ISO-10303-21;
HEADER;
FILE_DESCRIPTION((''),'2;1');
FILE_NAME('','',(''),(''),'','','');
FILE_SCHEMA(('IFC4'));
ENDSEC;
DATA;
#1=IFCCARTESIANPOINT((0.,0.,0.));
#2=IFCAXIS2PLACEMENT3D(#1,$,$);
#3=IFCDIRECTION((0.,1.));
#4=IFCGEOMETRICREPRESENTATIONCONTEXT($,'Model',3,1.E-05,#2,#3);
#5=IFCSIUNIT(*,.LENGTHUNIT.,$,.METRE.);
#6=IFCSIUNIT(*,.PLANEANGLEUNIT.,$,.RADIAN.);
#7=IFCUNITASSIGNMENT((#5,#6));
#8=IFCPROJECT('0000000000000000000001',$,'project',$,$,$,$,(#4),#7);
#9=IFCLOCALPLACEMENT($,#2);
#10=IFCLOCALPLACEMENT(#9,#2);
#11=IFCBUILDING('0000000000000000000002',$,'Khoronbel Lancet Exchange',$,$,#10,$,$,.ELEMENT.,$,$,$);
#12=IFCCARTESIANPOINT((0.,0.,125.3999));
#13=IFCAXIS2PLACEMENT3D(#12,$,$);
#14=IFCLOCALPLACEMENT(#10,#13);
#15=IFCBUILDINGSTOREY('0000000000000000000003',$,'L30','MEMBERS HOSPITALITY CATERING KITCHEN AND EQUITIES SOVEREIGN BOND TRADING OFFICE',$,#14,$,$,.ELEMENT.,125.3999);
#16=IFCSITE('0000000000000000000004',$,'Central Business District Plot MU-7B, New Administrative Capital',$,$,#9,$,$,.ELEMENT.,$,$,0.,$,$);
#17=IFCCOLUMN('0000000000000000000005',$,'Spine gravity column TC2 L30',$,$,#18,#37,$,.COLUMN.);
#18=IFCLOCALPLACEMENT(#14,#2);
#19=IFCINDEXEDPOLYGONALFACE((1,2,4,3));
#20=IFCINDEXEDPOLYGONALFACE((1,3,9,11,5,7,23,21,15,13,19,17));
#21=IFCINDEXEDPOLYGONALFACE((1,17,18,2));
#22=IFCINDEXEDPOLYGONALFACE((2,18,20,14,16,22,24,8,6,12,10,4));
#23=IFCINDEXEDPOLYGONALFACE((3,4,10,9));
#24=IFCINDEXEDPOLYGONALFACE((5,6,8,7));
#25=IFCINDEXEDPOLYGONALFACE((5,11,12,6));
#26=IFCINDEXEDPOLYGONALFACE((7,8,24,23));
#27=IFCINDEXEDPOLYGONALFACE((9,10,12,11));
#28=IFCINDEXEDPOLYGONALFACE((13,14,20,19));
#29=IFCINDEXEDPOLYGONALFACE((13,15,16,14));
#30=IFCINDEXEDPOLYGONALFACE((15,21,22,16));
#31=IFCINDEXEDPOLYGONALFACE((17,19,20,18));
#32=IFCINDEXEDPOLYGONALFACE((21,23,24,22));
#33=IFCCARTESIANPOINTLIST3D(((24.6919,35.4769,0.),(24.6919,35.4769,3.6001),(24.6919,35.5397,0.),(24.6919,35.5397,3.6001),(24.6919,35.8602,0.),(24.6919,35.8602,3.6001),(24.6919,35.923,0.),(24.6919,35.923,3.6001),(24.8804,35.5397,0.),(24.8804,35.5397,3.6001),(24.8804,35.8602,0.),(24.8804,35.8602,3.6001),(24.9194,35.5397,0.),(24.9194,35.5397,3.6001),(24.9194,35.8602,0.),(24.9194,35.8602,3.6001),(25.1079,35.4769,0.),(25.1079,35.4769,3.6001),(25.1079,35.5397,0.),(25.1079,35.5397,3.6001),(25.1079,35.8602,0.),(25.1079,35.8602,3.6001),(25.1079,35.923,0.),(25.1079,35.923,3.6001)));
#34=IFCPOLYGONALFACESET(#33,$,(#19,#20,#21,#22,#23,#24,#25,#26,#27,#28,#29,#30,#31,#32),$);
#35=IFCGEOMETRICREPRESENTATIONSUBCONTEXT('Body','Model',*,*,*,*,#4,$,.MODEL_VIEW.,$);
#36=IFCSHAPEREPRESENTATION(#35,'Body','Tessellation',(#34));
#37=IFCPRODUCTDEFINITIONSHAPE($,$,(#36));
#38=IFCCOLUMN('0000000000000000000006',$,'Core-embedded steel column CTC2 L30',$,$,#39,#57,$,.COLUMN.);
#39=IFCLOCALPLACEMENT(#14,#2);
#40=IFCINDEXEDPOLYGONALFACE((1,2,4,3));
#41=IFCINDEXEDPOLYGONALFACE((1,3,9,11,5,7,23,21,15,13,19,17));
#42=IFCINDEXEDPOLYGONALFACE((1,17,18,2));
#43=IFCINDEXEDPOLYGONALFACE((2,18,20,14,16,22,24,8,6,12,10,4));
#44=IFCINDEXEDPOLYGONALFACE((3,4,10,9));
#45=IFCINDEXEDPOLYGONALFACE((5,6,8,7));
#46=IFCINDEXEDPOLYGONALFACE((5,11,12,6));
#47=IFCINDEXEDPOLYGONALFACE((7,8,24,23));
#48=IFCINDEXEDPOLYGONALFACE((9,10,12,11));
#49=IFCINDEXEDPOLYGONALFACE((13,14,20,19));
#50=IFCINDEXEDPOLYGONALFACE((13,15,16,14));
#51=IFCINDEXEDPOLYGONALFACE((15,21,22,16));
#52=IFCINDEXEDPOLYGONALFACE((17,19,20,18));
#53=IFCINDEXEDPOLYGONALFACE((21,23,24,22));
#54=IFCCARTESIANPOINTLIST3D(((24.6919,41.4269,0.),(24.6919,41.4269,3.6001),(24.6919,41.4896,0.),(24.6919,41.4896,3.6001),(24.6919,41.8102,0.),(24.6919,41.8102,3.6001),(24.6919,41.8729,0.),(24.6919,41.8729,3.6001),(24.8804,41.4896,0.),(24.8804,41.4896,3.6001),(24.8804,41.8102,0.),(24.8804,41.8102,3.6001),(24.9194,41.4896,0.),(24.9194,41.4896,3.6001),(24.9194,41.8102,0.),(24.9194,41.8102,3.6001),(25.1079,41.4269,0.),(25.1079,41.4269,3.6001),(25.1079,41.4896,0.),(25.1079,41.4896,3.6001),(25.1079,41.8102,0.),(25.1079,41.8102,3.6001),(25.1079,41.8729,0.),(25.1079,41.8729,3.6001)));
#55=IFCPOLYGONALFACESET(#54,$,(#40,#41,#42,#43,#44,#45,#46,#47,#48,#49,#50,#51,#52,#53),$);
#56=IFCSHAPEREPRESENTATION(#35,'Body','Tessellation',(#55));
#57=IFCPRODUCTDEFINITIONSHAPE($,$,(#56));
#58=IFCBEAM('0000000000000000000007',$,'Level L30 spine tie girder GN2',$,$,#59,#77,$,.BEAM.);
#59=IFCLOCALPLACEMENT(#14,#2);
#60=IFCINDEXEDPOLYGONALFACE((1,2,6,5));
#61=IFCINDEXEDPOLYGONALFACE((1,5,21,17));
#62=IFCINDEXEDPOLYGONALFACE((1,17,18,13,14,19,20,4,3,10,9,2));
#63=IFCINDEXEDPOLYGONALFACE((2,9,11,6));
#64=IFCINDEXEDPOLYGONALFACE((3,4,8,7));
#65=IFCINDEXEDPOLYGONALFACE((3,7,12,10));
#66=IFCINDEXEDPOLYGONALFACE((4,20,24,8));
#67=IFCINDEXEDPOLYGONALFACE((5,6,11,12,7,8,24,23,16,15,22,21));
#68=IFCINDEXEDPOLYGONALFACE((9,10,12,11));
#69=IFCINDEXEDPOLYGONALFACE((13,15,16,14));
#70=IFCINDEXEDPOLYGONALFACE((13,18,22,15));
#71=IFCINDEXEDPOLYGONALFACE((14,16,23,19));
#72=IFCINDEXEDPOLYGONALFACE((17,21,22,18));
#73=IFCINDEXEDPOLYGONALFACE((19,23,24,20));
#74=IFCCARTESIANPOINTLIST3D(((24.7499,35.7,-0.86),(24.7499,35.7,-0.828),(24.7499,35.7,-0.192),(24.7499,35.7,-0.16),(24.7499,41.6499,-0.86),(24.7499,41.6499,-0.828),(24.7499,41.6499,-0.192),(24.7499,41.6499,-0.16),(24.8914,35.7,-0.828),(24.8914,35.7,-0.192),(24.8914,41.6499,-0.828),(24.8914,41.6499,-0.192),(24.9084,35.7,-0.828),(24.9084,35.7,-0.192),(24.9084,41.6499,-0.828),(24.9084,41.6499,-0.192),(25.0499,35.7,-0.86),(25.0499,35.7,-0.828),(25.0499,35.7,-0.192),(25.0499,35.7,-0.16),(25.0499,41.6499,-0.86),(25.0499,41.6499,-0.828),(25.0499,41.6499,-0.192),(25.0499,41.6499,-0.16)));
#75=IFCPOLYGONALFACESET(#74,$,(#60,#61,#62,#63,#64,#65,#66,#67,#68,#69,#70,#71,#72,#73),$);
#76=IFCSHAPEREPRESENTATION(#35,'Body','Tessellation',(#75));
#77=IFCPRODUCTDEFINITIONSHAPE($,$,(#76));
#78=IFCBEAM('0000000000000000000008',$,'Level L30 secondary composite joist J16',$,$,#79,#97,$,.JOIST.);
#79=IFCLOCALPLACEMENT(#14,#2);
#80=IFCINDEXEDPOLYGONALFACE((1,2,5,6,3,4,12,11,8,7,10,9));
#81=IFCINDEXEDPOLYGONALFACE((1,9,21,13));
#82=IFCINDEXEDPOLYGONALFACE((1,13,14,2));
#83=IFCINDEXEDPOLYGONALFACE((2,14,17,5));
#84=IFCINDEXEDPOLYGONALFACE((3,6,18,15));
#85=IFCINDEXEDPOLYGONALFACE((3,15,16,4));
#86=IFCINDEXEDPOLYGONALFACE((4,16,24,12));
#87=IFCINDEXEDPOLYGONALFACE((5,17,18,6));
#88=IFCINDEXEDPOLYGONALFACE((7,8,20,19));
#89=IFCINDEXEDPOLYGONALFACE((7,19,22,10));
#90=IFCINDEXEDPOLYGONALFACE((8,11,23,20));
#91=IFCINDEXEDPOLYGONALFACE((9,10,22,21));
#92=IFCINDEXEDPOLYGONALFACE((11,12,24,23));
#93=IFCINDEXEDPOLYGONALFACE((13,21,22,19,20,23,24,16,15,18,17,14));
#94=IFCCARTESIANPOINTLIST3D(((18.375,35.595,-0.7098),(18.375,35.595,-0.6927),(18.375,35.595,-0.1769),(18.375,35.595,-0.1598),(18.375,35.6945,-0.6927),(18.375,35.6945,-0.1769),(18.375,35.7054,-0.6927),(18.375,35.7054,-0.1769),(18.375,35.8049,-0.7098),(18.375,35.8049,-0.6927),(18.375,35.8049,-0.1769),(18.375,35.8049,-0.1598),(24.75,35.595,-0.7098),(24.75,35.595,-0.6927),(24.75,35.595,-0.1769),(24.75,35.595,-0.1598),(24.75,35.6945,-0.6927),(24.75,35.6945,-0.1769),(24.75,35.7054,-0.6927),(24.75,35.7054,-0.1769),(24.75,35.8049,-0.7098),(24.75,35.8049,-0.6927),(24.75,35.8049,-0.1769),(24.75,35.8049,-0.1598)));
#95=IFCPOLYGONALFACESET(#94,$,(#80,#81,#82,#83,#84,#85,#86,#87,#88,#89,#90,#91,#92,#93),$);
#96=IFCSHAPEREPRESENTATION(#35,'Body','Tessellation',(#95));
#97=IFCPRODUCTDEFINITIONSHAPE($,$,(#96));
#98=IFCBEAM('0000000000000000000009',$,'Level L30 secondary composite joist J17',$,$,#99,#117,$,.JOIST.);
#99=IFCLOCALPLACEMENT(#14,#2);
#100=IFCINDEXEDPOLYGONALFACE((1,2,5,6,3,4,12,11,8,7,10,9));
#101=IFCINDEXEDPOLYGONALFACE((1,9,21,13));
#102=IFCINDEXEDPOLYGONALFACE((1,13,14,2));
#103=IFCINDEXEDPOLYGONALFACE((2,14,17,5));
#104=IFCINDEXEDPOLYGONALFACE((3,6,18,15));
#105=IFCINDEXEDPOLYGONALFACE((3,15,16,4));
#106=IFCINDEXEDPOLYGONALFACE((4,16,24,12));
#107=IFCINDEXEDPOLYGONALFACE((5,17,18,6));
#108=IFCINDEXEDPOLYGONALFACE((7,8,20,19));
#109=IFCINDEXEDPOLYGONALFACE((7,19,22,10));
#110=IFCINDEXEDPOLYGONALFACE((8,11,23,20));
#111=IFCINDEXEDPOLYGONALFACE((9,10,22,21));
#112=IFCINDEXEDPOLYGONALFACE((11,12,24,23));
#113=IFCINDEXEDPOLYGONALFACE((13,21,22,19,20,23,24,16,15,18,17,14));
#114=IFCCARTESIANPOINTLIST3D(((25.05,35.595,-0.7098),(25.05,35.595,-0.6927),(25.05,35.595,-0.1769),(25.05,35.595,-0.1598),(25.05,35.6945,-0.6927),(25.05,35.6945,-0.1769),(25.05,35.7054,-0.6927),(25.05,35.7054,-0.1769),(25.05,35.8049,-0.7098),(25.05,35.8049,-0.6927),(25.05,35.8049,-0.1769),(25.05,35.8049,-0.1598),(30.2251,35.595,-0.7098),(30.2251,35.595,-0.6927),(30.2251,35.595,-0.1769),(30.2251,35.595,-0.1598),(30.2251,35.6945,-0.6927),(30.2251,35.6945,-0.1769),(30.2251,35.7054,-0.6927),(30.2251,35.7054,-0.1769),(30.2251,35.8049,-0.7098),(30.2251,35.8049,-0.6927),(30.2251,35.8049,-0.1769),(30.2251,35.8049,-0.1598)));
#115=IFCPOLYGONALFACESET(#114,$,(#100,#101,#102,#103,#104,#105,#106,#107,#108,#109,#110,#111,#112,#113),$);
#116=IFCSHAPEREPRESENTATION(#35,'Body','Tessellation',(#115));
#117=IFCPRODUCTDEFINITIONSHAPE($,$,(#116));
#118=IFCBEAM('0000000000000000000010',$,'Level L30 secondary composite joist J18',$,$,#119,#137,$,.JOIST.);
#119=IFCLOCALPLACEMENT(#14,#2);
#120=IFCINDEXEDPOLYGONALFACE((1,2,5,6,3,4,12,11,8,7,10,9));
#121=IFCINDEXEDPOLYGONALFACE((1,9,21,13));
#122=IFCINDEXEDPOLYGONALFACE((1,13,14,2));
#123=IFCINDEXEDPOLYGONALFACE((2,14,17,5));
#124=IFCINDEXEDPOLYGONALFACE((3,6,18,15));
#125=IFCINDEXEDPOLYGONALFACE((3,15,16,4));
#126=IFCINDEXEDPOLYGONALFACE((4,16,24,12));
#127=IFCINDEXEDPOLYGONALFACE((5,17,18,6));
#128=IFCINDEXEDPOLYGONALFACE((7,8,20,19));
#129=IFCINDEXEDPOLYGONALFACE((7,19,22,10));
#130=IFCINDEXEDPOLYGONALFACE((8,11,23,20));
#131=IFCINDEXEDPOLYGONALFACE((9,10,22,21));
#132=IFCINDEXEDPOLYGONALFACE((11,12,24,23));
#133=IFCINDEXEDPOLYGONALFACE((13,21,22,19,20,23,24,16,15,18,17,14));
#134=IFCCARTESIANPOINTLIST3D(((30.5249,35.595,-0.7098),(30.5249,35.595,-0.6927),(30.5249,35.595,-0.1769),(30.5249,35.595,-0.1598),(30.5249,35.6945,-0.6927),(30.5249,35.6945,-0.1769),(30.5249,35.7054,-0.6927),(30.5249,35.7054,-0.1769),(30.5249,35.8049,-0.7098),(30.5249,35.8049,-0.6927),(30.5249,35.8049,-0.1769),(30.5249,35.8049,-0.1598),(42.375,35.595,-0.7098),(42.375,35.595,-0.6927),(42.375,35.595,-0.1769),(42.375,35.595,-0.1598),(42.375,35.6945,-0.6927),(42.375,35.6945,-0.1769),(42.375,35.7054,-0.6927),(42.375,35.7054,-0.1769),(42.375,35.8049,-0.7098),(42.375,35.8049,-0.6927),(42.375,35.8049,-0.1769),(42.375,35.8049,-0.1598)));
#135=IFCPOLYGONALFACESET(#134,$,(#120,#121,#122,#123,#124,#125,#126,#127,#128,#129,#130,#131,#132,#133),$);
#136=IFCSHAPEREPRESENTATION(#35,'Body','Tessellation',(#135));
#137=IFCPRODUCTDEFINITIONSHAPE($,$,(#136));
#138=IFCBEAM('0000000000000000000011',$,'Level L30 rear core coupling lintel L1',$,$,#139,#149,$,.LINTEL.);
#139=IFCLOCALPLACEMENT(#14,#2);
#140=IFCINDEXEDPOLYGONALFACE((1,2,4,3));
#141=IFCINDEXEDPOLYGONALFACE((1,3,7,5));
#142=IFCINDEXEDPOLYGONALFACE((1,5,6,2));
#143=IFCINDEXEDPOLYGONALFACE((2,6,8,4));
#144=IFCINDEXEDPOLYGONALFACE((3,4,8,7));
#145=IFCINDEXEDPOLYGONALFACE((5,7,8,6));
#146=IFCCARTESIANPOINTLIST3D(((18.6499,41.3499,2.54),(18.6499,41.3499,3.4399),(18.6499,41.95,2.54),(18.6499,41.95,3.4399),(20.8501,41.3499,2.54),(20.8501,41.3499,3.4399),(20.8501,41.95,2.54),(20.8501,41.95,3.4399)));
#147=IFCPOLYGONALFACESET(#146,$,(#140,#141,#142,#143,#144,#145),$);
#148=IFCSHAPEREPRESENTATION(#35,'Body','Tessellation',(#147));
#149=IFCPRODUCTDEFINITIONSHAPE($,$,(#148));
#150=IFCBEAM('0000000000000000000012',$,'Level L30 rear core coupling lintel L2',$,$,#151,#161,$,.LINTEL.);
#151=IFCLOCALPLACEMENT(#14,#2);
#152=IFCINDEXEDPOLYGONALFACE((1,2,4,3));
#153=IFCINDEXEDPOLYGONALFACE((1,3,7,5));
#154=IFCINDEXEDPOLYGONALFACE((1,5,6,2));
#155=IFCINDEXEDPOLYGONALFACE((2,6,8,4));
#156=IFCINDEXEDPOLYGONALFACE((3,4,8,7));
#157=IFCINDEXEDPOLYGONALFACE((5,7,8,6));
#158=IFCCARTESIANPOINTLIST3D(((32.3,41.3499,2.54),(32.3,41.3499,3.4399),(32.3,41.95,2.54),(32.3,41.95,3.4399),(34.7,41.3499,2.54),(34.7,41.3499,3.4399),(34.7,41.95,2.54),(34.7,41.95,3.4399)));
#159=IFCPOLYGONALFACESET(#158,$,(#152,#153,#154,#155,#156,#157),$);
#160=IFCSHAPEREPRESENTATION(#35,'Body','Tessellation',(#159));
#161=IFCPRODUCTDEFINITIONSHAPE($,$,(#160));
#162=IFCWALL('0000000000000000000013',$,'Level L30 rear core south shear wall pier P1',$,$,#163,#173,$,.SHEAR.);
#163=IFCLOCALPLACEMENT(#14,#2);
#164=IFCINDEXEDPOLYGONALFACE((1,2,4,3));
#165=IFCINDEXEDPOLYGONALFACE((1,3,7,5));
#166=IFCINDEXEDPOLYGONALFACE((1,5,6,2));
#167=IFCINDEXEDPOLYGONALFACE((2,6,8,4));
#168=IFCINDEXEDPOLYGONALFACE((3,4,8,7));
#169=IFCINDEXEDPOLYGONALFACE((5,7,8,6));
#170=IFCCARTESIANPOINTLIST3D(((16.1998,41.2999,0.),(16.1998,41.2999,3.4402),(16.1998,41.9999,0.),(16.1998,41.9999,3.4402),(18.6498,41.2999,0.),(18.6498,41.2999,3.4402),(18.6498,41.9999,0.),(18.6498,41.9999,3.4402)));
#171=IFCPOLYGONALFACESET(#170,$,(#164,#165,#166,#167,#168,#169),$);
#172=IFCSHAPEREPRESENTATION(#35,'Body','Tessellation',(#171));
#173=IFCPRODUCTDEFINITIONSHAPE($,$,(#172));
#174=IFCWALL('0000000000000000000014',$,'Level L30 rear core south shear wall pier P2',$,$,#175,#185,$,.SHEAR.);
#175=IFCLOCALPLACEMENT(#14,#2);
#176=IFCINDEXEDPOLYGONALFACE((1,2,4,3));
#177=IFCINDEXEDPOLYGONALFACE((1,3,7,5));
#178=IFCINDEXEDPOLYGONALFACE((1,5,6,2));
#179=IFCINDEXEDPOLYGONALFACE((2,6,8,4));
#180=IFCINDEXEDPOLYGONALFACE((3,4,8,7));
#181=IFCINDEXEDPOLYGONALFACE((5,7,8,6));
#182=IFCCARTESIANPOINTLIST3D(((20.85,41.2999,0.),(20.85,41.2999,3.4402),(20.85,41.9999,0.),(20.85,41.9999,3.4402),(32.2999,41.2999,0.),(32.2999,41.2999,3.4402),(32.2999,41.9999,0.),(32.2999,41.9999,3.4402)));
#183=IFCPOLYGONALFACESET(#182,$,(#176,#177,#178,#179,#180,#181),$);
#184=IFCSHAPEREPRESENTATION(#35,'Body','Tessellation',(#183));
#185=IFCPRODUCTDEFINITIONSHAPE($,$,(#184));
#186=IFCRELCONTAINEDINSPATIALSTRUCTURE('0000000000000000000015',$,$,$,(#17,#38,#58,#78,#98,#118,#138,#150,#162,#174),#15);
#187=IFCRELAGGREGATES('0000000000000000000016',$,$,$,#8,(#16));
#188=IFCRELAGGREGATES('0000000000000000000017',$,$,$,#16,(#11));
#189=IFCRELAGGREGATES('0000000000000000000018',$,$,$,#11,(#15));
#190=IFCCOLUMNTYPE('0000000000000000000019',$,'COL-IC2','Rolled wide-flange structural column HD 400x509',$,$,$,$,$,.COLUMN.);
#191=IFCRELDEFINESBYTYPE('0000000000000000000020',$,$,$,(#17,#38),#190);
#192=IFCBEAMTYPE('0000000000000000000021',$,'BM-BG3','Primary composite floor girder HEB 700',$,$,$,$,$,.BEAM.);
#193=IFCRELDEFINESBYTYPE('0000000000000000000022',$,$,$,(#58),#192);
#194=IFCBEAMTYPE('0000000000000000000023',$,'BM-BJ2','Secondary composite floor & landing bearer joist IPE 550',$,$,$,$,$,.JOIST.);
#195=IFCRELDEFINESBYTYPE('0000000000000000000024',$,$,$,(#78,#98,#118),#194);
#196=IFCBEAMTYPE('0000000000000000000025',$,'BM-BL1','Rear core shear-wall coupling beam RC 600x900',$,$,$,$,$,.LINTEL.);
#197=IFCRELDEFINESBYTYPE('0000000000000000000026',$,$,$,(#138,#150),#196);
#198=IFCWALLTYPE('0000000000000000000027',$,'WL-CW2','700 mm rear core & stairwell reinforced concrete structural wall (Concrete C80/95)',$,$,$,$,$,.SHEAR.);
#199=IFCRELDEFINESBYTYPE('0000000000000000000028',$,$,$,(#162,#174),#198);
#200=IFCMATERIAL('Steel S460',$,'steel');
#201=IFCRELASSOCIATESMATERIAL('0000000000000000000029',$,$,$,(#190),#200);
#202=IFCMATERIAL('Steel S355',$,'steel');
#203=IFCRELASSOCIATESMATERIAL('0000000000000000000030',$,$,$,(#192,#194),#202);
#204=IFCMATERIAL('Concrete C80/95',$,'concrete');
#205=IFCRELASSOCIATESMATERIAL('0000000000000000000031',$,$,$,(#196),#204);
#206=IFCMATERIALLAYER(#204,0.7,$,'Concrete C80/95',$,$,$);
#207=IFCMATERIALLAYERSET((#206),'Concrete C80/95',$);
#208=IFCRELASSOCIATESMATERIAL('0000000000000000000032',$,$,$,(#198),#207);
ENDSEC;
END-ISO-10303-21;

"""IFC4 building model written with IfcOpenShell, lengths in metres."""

from ifc_helpers import new_model, si_unit, direction, frame, frame_2d, origin, origin_2d, place, context, subcontext, project, spatial, rectangle, i_section, extrude, material, layer, layer_set, material_profile, profile_set, type_object, element, save


model = new_model("IFC4")

# Units and contexts
model_context = context("Model", 3, precision=1e-05, world=origin(), true_north=direction((0.0, 1.0)))
body_context = subcontext(model_context, "Body", "Model", "MODEL_VIEW")
ifc_project = project(units=[si_unit("LENGTHUNIT", "METRE"), si_unit("PLANEANGLEUNIT", "RADIAN")], contexts=[model_context])

# Site, building, storey
site_placement = place(None, origin())
site = spatial("IfcSite", under=ifc_project, at=site_placement, Name="Central Business District Plot MU-7B, New Administrative Capital", CompositionType="ELEMENT", RefElevation=0.0)
building_placement = place(site_placement, origin())
building = spatial("IfcBuilding", under=site, at=building_placement, Name="Khoronbel Lancet Exchange", CompositionType="ELEMENT")
storey_placement = place(building_placement, frame((0.0, 0.0, 125.3999)))
storey = spatial("IfcBuildingStorey", under=building, at=storey_placement, Name="L30", Description="MEMBERS HOSPITALITY CATERING KITCHEN AND EQUITIES SOVEREIGN BOND TRADING OFFICE", CompositionType="ELEMENT", Elevation=125.3999)

# Columns
ifc_material_1 = material(Name="Steel S460", Category="steel")
ifc_material_profile_1 = material_profile(ifc_material_1, i_section(OverallWidth=0.416, OverallDepth=0.446, WebThickness=0.0391, FlangeThickness=0.0627, at=origin_2d()), Name="HD 400x509")
ifc_profile_set_1 = profile_set([ifc_material_profile_1], Name="Steel S460")
column_type = type_object("IfcColumnType", Name="COL-IC2", Description="Rolled wide-flange structural column HD 400x509", PredefinedType="COLUMN", material=ifc_profile_set_1)
for number, where, z_axis, x_axis, name in (
    (1, (24.8999, 35.7, 0.0), (0.0, 0.0, 1.0), (1.0, 0.0, 0.0), "Spine gravity column TC2 L30"),
    (2, (24.8999, 41.6499, 0.0), (0.0, 0.0, 1.0), (1.0, 0.0, 0.0), "Core-embedded steel column CTC2 L30"),
):
    element("IfcColumn", number, at=place(storey_placement, frame(where, z_axis=z_axis, x_axis=x_axis)), inside=storey, type_object=column_type, Name=name, PredefinedType="COLUMN", context=body_context, shape_type="SweptSolid", body=[
        extrude(i_section(OverallWidth=0.416, OverallDepth=0.446, WebThickness=0.0391, FlangeThickness=0.0627, at=origin_2d()), origin(), (0.0, 0.0, 1.0), 3.6001),
    ])

# Beams
ifc_material_2 = material(Name="Steel S355", Category="steel")
ifc_material_profile_2 = material_profile(ifc_material_2, i_section(OverallWidth=0.3, OverallDepth=0.7, WebThickness=0.0171, FlangeThickness=0.032, at=origin_2d()), Name="HEB 700")
ifc_profile_set_2 = profile_set([ifc_material_profile_2], Name="Steel S355")
beam_type_1 = type_object("IfcBeamType", Name="BM-BG3", Description="Primary composite floor girder HEB 700", PredefinedType="BEAM", material=ifc_profile_set_2)
beam_1_placement = place(storey_placement, frame((24.8999, 35.7, -0.51), z_axis=(0.0, 1.0, 0.0), x_axis=(-1.0, 0.0, 0.0)))
element("IfcBeam", 3, at=beam_1_placement, inside=storey, type_object=beam_type_1, Name="Level L30 spine tie girder GN2", PredefinedType="BEAM", context=body_context, shape_type="SweptSolid", body=[
    extrude(i_section(OverallWidth=0.3, OverallDepth=0.7, WebThickness=0.0171, FlangeThickness=0.032, at=origin_2d()), origin(), (0.0, 0.0, 1.0), 5.95),
])
ifc_material_profile_3 = material_profile(ifc_material_2, i_section(OverallWidth=0.21, OverallDepth=0.55, WebThickness=0.011, FlangeThickness=0.0171, at=origin_2d()), Name="IPE 550")
ifc_profile_set_3 = profile_set([ifc_material_profile_3], Name="Steel S355")
beam_type_2 = type_object("IfcBeamType", Name="BM-BJ2", Description="Secondary composite floor & landing bearer joist IPE 550", PredefinedType="JOIST", material=ifc_profile_set_3)
beam_2_placement = place(storey_placement, frame((18.375, 35.7, -0.4348), z_axis=(1.0, 0.0, 0.0), x_axis=(0.0, 1.0, 0.0)))
element("IfcBeam", 4, at=beam_2_placement, inside=storey, type_object=beam_type_2, Name="Level L30 secondary composite joist J16", PredefinedType="JOIST", context=body_context, shape_type="SweptSolid", body=[
    extrude(i_section(OverallWidth=0.21, OverallDepth=0.55, WebThickness=0.011, FlangeThickness=0.0171, at=origin_2d()), origin(), (0.0, 0.0, 1.0), 6.375),
])
beam_3_placement = place(storey_placement, frame((25.05, 35.7, -0.4348), z_axis=(1.0, 0.0, 0.0), x_axis=(0.0, 1.0, 0.0)))
element("IfcBeam", 5, at=beam_3_placement, inside=storey, type_object=beam_type_2, Name="Level L30 secondary composite joist J17", PredefinedType="JOIST", context=body_context, shape_type="SweptSolid", body=[
    extrude(i_section(OverallWidth=0.21, OverallDepth=0.55, WebThickness=0.011, FlangeThickness=0.0171, at=origin_2d()), origin(), (0.0, 0.0, 1.0), 5.175),
])
beam_4_placement = place(storey_placement, frame((30.5249, 35.7, -0.4348), z_axis=(1.0, 0.0, 0.0), x_axis=(0.0, 1.0, 0.0)))
element("IfcBeam", 6, at=beam_4_placement, inside=storey, type_object=beam_type_2, Name="Level L30 secondary composite joist J18", PredefinedType="JOIST", context=body_context, shape_type="SweptSolid", body=[
    extrude(i_section(OverallWidth=0.21, OverallDepth=0.55, WebThickness=0.011, FlangeThickness=0.0171, at=origin_2d()), origin(), (0.0, 0.0, 1.0), 11.8501),
])
ifc_material_3 = material(Name="Concrete C80/95", Category="concrete")
ifc_material_profile_4 = material_profile(ifc_material_3, rectangle(XDim=0.6001, YDim=0.8999, at=origin_2d()), Name="RC 600x900")
ifc_profile_set_4 = profile_set([ifc_material_profile_4], Name="Concrete C80/95")
beam_type_3 = type_object("IfcBeamType", Name="BM-BL1", Description="Rear core shear-wall coupling beam RC 600x900", PredefinedType="LINTEL", material=ifc_profile_set_4)
beam_5_placement = place(storey_placement, frame((18.6499, 41.6499, 2.99), z_axis=(1.0, 0.0, 0.0), x_axis=(0.0, 1.0, 0.0)))
element("IfcBeam", 7, at=beam_5_placement, inside=storey, type_object=beam_type_3, Name="Level L30 rear core coupling lintel L1", PredefinedType="LINTEL", context=body_context, shape_type="SweptSolid", body=[
    extrude(rectangle(XDim=0.6001, YDim=0.8999, at=origin_2d()), origin(), (0.0, 0.0, 1.0), 2.2002),
])
beam_6_placement = place(storey_placement, frame((32.3, 41.6499, 2.99), z_axis=(1.0, 0.0, 0.0), x_axis=(0.0, 1.0, 0.0)))
element("IfcBeam", 8, at=beam_6_placement, inside=storey, type_object=beam_type_3, Name="Level L30 rear core coupling lintel L2", PredefinedType="LINTEL", context=body_context, shape_type="SweptSolid", body=[
    extrude(rectangle(XDim=0.6001, YDim=0.8999, at=origin_2d()), origin(), (0.0, 0.0, 1.0), 2.3999),
])

# Walls
ifc_layer_1 = layer(ifc_material_3, 0.7, Name="Concrete C80/95")
ifc_layer_set_1 = layer_set([ifc_layer_1], Name="Concrete C80/95")
wall_type_1 = type_object("IfcWallType", Name="WL-CW2", Description="700 mm rear core & stairwell reinforced concrete structural wall (Concrete C80/95)", PredefinedType="SHEAR", material=ifc_layer_set_1)
wall_1_placement = place(storey_placement, frame((18.6499, 41.6499, 0.0), z_axis=(0.0, 0.0, 1.0), x_axis=(-1.0, 0.0, 0.0)))
element("IfcWall", 9, at=wall_1_placement, inside=storey, type_object=wall_type_1, Name="Level L30 rear core south shear wall pier P1", PredefinedType="SHEAR", context=body_context, shape_type="SweptSolid", body=[
    extrude(rectangle(XDim=2.45, YDim=0.7, at=frame_2d((1.2251, 0.0))), origin(), (0.0, 0.0, 1.0), 3.4402),
])
wall_2_placement = place(storey_placement, frame((32.3, 41.6499, 0.0), z_axis=(0.0, 0.0, 1.0), x_axis=(-1.0, 0.0, 0.0)))
element("IfcWall", 10, at=wall_2_placement, inside=storey, type_object=wall_type_1, Name="Level L30 rear core south shear wall pier P2", PredefinedType="SHEAR", context=body_context, shape_type="SweptSolid", body=[
    extrude(rectangle(XDim=11.45, YDim=0.7, at=frame_2d((5.7251, 0.0))), origin(), (0.0, 0.0, 1.0), 3.4402),
])

save(model, "model.ifc")
